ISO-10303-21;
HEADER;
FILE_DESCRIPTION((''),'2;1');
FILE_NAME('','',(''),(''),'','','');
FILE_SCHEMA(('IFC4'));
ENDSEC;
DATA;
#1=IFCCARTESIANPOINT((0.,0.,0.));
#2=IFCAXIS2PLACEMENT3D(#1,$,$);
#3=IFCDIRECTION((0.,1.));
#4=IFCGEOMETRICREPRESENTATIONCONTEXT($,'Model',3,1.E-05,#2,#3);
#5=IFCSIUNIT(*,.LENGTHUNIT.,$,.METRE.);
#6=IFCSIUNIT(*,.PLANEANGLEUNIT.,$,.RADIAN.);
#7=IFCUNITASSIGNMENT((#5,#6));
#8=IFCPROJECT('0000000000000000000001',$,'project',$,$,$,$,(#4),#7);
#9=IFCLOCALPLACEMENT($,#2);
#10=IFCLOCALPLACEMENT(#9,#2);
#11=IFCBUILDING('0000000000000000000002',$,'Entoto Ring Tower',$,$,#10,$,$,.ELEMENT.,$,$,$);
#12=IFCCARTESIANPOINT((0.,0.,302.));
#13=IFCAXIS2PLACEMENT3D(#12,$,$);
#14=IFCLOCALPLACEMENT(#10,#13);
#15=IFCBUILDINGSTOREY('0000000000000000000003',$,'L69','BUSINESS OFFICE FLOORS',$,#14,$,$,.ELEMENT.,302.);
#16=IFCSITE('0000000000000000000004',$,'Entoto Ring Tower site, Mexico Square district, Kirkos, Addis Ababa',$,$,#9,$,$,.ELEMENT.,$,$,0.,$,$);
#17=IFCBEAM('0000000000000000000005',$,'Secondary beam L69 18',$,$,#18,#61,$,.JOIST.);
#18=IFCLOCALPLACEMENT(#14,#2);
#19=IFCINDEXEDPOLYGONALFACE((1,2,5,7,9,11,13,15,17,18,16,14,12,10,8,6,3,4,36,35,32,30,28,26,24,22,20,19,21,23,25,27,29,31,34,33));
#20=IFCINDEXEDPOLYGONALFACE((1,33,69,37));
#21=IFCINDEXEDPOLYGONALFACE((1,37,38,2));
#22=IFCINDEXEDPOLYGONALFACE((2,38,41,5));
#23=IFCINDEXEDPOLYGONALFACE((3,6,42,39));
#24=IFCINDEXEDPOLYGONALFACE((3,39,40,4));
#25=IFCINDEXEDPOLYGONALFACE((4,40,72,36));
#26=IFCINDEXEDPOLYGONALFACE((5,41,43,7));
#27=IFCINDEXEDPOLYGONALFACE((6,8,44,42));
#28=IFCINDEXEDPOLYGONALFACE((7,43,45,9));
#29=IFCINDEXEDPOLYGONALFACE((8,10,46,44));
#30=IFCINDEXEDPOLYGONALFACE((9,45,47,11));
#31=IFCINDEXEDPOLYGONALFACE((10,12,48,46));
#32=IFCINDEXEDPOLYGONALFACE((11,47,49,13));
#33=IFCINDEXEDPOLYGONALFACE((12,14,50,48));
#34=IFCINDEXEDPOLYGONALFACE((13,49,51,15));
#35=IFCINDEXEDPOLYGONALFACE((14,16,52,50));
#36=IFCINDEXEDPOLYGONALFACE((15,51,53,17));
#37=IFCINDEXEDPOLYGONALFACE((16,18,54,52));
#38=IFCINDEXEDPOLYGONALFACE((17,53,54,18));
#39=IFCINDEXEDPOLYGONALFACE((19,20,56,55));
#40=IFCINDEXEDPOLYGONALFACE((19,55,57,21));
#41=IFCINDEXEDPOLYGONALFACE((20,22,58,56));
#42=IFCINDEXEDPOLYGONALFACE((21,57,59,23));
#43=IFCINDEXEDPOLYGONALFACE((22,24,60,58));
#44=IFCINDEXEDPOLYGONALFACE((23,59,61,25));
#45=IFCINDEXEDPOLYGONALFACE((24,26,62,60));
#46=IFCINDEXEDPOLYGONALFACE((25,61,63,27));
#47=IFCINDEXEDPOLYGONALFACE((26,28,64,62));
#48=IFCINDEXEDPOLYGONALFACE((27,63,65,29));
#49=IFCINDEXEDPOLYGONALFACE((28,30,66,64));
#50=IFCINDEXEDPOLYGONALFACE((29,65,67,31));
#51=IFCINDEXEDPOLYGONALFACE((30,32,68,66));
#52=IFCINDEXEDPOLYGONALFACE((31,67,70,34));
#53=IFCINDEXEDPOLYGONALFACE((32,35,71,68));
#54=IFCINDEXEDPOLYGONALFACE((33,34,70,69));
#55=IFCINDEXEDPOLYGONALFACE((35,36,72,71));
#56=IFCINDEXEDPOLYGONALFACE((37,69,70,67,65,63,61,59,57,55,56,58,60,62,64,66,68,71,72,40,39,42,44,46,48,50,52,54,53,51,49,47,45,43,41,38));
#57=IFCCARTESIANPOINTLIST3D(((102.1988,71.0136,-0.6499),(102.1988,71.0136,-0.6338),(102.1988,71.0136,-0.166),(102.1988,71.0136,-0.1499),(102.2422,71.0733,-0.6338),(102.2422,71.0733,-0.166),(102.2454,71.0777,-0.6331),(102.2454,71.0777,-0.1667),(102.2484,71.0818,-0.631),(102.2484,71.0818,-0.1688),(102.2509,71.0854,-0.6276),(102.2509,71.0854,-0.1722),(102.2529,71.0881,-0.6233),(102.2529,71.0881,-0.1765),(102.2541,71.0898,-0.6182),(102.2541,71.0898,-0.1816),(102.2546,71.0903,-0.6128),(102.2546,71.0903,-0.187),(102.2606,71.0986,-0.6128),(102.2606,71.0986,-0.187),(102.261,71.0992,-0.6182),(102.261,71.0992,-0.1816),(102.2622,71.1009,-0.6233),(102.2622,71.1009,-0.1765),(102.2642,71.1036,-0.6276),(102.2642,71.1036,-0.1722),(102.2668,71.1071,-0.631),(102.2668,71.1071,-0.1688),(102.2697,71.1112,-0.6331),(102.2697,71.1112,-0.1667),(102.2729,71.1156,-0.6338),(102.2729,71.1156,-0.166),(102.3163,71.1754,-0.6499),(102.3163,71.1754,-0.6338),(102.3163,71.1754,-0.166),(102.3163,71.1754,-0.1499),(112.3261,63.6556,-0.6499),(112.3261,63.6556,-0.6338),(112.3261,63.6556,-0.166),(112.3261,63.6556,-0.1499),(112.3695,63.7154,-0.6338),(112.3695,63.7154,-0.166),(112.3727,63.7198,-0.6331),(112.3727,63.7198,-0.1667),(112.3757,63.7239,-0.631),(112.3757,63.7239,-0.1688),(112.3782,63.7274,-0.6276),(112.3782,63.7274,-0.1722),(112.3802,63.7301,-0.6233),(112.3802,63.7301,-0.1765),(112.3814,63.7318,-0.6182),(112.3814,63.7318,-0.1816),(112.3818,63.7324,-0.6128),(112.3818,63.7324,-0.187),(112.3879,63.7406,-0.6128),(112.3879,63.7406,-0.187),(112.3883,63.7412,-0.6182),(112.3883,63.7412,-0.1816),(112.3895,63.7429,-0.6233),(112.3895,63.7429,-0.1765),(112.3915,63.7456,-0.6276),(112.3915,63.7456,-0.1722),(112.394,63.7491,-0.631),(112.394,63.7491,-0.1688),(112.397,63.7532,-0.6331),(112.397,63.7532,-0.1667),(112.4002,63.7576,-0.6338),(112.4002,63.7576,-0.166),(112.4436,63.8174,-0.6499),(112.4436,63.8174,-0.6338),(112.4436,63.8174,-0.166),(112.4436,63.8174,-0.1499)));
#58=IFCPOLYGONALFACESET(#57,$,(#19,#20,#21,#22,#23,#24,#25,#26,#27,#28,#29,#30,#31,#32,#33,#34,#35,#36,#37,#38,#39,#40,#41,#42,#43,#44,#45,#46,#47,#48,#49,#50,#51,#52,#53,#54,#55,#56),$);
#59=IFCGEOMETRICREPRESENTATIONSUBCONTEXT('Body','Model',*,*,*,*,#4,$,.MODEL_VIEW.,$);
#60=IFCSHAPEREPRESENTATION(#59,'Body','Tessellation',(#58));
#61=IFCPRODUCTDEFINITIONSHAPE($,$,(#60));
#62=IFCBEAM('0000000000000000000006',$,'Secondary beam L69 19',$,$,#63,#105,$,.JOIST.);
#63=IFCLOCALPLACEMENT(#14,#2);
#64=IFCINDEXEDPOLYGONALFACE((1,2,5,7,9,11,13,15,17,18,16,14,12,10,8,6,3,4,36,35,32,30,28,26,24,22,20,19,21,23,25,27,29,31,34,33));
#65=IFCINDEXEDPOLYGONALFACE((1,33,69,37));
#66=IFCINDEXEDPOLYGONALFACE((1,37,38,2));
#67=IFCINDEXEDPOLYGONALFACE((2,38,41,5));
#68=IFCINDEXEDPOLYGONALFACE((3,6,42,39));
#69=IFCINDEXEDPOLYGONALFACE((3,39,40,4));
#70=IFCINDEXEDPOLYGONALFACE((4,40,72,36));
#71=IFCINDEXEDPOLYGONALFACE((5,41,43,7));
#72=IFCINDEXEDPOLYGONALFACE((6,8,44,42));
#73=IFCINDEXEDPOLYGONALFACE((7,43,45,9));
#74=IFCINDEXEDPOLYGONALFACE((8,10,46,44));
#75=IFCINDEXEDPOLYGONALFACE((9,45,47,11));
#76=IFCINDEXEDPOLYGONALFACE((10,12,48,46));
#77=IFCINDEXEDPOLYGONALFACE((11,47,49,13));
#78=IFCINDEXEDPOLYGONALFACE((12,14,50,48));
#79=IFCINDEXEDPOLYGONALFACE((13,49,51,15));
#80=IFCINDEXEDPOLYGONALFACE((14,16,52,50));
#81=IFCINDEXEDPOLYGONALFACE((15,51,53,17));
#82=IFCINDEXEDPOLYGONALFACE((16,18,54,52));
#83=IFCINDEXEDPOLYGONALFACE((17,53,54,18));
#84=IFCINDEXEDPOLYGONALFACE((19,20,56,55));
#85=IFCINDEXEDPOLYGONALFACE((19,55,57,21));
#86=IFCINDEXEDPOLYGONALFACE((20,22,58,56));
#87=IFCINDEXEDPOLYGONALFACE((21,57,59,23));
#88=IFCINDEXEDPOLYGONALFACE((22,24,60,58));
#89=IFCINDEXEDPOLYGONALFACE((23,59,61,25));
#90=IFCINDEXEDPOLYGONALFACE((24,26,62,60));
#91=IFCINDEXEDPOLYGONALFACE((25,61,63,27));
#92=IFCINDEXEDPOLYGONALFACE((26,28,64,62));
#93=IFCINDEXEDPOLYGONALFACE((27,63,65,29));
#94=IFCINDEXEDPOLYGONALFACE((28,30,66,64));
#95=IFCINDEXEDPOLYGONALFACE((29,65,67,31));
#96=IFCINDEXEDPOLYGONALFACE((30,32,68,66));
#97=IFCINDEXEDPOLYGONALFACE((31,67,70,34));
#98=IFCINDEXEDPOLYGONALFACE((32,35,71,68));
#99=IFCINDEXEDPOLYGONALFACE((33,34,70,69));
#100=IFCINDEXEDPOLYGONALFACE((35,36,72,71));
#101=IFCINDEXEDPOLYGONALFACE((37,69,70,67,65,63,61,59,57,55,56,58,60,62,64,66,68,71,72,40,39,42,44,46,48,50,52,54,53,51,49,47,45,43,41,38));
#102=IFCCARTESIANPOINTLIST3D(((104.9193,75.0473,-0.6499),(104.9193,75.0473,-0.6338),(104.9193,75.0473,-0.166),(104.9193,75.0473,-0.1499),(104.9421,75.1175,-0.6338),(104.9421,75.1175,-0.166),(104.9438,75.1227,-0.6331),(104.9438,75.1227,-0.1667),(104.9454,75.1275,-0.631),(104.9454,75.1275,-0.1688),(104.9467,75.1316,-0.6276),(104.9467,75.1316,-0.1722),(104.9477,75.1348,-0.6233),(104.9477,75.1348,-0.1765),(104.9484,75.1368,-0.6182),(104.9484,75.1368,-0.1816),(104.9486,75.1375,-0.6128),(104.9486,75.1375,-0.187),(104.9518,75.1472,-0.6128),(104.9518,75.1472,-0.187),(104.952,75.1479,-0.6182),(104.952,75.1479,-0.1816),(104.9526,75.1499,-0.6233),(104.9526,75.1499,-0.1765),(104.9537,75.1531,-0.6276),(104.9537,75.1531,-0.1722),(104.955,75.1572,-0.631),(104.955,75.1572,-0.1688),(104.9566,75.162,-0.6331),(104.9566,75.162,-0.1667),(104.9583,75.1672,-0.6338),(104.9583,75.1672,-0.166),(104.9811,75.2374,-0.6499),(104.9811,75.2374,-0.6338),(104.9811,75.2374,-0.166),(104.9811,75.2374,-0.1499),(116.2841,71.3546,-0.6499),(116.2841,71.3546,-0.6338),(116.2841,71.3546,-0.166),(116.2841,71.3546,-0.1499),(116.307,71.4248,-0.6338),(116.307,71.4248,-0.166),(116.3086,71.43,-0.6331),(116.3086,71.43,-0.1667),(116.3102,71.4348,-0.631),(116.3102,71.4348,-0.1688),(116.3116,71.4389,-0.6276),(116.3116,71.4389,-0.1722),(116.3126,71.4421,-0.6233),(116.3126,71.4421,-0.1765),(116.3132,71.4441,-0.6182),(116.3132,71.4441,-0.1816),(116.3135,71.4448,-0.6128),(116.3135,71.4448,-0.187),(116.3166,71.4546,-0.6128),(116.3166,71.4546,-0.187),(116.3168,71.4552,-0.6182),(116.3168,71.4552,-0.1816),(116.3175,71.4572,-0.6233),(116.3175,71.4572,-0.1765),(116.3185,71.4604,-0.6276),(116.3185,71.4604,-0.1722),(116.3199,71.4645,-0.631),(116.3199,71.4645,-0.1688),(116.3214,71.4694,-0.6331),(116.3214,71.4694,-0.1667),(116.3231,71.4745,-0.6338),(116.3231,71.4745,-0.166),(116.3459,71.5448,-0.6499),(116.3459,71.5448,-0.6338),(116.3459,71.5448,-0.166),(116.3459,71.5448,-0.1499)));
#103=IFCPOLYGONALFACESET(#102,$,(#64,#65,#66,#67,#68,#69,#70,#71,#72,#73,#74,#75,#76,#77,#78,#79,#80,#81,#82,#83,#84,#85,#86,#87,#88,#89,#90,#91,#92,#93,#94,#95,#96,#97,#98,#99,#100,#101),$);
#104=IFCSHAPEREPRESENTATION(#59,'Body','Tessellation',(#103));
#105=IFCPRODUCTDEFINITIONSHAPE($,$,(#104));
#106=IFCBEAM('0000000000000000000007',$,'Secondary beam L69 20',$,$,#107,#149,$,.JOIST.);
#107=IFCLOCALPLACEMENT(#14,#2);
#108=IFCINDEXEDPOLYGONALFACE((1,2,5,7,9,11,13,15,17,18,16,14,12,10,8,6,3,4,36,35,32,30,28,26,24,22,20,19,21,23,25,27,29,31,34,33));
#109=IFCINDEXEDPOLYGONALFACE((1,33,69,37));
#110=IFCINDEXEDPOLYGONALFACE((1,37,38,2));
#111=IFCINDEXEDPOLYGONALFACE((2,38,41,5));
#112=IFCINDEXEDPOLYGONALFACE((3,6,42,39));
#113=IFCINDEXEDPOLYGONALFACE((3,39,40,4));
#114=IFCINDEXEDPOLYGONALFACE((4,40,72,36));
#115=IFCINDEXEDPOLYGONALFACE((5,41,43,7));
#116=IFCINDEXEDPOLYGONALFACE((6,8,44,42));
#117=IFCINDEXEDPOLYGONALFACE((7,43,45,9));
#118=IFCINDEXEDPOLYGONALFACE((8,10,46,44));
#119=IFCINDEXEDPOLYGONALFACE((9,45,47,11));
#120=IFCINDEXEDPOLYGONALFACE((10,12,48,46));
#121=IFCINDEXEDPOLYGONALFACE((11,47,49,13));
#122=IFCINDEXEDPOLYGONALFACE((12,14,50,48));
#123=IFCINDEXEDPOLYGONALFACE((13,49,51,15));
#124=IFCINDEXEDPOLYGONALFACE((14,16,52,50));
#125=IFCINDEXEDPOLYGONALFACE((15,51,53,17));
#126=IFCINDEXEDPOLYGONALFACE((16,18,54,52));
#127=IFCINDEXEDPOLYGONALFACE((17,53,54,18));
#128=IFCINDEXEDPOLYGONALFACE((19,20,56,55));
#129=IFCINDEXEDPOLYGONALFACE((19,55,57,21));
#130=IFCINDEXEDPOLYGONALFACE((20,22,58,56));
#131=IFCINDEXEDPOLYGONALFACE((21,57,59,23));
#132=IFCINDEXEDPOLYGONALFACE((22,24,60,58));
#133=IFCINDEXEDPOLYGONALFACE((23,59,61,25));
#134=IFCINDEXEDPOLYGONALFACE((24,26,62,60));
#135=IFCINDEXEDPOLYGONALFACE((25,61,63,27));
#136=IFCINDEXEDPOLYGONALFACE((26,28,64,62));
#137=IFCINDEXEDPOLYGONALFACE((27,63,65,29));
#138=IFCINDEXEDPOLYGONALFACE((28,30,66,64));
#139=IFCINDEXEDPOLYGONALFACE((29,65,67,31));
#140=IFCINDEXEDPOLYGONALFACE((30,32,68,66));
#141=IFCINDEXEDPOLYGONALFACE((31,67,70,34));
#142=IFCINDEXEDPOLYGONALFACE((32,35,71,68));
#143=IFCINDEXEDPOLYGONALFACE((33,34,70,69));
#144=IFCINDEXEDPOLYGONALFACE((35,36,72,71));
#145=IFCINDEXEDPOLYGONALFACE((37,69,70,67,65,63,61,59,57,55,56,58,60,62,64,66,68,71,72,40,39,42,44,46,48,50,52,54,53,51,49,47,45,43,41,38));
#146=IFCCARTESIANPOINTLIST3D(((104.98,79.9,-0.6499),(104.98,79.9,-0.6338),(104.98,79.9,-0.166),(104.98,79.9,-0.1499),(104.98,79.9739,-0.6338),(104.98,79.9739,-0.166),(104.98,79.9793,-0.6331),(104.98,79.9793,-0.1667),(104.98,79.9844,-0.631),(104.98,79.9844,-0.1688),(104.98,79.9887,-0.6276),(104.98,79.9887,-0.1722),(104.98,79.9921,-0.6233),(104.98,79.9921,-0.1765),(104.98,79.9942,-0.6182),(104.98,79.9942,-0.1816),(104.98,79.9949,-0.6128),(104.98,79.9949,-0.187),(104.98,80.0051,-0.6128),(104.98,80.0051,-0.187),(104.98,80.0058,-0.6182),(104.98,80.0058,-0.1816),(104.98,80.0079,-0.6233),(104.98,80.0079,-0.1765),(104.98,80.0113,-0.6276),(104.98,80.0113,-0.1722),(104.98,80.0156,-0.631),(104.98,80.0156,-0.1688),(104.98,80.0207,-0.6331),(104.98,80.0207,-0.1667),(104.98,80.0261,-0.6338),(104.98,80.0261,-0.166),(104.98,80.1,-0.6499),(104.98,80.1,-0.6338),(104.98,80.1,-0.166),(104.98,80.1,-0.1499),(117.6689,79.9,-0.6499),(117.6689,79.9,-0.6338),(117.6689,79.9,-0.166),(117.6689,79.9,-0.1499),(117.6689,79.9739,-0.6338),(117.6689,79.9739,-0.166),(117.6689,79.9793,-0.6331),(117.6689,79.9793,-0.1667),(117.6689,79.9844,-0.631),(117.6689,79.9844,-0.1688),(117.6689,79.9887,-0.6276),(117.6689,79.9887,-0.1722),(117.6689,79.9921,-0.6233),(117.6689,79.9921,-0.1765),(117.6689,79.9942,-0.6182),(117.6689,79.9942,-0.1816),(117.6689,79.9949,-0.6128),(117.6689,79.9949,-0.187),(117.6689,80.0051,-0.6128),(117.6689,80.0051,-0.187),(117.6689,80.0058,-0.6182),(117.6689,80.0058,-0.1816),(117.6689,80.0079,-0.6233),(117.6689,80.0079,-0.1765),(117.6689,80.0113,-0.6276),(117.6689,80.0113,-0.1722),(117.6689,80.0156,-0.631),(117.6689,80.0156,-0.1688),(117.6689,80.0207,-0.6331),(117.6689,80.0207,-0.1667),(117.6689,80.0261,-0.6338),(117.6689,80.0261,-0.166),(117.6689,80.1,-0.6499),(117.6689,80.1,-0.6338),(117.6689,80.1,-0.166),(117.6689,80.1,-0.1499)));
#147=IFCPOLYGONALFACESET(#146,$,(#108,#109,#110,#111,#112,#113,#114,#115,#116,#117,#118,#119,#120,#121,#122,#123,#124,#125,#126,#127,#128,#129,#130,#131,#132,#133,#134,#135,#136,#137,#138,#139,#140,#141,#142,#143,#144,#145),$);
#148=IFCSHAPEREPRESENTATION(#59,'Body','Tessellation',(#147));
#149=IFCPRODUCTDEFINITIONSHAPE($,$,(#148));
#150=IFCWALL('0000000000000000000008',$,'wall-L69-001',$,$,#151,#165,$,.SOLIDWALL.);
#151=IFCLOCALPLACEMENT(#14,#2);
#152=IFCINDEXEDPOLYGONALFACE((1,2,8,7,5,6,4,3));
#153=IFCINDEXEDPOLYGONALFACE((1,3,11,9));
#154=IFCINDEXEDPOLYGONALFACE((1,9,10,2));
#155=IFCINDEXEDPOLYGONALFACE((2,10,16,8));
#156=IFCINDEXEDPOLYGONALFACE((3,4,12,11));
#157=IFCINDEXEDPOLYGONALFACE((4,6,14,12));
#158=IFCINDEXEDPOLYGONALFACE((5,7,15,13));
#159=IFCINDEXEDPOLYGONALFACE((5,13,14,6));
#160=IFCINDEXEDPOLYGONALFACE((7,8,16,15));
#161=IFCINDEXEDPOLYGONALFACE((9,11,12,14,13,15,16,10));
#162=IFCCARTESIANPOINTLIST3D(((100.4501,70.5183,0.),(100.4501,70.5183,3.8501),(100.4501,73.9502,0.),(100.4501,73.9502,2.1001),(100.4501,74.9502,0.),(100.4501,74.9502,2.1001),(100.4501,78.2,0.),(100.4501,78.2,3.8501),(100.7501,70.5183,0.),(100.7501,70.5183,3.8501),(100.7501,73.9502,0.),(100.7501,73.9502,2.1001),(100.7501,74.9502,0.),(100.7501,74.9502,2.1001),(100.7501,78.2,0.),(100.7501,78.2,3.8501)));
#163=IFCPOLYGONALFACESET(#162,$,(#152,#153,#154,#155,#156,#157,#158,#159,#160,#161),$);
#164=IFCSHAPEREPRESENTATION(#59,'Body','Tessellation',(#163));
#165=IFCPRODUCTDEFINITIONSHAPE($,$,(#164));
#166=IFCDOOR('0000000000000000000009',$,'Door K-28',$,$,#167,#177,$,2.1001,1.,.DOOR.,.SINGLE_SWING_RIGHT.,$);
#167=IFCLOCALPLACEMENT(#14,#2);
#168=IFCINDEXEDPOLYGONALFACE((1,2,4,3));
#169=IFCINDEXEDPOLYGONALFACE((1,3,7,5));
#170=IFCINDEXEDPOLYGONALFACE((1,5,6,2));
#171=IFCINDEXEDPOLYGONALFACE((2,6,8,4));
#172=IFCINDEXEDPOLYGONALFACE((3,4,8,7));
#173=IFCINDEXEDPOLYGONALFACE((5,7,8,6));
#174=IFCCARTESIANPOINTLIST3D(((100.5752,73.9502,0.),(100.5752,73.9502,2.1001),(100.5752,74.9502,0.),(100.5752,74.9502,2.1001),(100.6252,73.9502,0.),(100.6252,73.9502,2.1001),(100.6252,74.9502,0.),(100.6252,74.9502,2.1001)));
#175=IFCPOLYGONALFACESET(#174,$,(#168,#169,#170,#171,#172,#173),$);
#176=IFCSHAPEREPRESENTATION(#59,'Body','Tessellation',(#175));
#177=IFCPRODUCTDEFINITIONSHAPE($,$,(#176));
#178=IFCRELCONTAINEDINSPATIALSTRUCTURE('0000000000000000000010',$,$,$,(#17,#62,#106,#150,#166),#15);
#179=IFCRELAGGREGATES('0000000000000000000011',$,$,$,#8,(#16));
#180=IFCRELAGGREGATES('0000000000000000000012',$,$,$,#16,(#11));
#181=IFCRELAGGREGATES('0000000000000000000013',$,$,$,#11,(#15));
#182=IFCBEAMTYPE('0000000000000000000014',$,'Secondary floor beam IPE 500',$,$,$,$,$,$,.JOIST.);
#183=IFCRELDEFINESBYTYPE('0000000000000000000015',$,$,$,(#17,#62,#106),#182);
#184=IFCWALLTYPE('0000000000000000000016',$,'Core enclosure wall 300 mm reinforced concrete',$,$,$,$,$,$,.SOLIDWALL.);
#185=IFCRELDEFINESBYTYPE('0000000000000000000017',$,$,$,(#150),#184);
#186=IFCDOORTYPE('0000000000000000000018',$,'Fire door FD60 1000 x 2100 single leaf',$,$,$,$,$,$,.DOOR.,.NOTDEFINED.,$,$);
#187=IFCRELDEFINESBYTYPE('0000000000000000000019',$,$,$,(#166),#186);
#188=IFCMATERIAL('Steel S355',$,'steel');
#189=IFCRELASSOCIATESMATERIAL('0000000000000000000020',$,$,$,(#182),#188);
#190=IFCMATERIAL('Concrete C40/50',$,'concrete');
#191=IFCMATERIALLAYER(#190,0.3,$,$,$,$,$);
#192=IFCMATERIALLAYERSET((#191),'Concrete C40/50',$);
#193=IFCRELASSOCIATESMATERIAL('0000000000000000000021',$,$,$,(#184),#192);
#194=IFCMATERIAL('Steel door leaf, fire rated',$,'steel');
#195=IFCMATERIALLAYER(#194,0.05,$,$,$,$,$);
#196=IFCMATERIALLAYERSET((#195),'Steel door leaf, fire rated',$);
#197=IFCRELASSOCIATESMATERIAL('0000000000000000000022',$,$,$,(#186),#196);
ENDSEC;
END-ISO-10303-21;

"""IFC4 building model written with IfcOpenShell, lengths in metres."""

from ifc_helpers import new_model, si_unit, direction, frame, frame_2d, origin, origin_2d, place, context, subcontext, project, spatial, rectangle, i_section, extrude, material, layer, layer_set, material_profile, profile_set, type_object, element, fill, save


model = new_model("IFC4")

# Units and contexts
model_context = context("Model", 3, precision=1e-05, world=origin(), true_north=direction((0.0, 1.0)))
body_context = subcontext(model_context, "Body", "Model", "MODEL_VIEW")
ifc_project = project(units=[si_unit("LENGTHUNIT", "METRE"), si_unit("PLANEANGLEUNIT", "RADIAN")], contexts=[model_context])

# Site, building, storey
site_placement = place(None, origin())
site = spatial("IfcSite", under=ifc_project, at=site_placement, Name="Entoto Ring Tower site, Mexico Square district, Kirkos, Addis Ababa", CompositionType="ELEMENT", RefElevation=0.0)
building_placement = place(site_placement, origin())
building = spatial("IfcBuilding", under=site, at=building_placement, Name="Entoto Ring Tower", CompositionType="ELEMENT")
storey_placement = place(building_placement, frame((0.0, 0.0, 302.0)))
storey = spatial("IfcBuildingStorey", under=building, at=storey_placement, Name="L69", Description="BUSINESS OFFICE FLOORS", CompositionType="ELEMENT", Elevation=302.0)

# Beams
ifc_material_1 = material(Name="Steel S355", Category="steel")
ifc_material_profile_1 = material_profile(ifc_material_1, i_section(OverallWidth=0.2, OverallDepth=0.5, WebThickness=0.0103, FlangeThickness=0.0161, FilletRadius=0.021, at=origin_2d()), Name="IPE 500")
ifc_profile_set_1 = profile_set([ifc_material_profile_1], Name="Steel S355")
beam_type_1 = type_object("IfcBeamType", Name="Secondary floor beam IPE 500", PredefinedType="JOIST", material=ifc_profile_set_1)
for number, where, z_axis, x_axis, name in (
    (1, (102.2576, 71.0945, -0.3999), (0.809014, -0.587789, 0.0), (0.587789, 0.809014, 0.0), "Secondary beam L69 18"),
):
    element("IfcBeam", number, at=place(storey_placement, frame(where, z_axis=z_axis, x_axis=x_axis)), inside=storey, type_object=beam_type_1, Name=name, PredefinedType="JOIST", context=body_context, shape_type="SweptSolid", body=[
        extrude(i_section(OverallWidth=0.2, OverallDepth=0.5, WebThickness=0.0103, FlangeThickness=0.0161, FilletRadius=0.021, at=origin_2d()), origin(), (0.0, 0.0, 1.0), 12.5181),
    ])
beam_1_placement = place(storey_placement, frame((104.9502, 75.1423, -0.3999), z_axis=(0.951057, -0.309017, 0.0), x_axis=(0.309017, 0.951057, 0.0)))
element("IfcBeam", 2, at=beam_1_placement, inside=storey, type_object=beam_type_1, Name="Secondary beam L69 19", PredefinedType="JOIST", context=body_context, shape_type="SweptSolid", body=[
    extrude(i_section(OverallWidth=0.2, OverallDepth=0.5, WebThickness=0.0103, FlangeThickness=0.0161, FilletRadius=0.021, at=origin_2d()), origin(), (0.0, 0.0, 1.0), 11.9497),
])
beam_2_placement = place(storey_placement, frame((104.98, 80.0, -0.3999), z_axis=(1.0, 0.0, 0.0), x_axis=(0.0, 1.0, 0.0)))
element("IfcBeam", 3, at=beam_2_placement, inside=storey, type_object=beam_type_1, Name="Secondary beam L69 20", PredefinedType="JOIST", context=body_context, shape_type="SweptSolid", body=[
    extrude(i_section(OverallWidth=0.2, OverallDepth=0.5, WebThickness=0.0103, FlangeThickness=0.0161, FilletRadius=0.021, at=origin_2d()), origin(), (0.0, 0.0, 1.0), 12.689),
])

# Wall, opening, door
ifc_material_2 = material(Name="Concrete C40/50", Category="concrete")
ifc_layer_1 = layer(ifc_material_2, 0.3)
ifc_layer_set_1 = layer_set([ifc_layer_1], Name="Concrete C40/50")
wall_type_1 = type_object("IfcWallType", Name="Core enclosure wall 300 mm reinforced concrete", PredefinedType="SOLIDWALL", material=ifc_layer_set_1)
wall_1_placement = place(storey_placement, frame((100.6001, 70.5183, 0.0), z_axis=(0.0, 0.0, 1.0), x_axis=(0.0, 1.0, 0.0)))
wall_1 = element("IfcWall", 4, at=wall_1_placement, inside=storey, type_object=wall_type_1, Name="wall-L69-001", PredefinedType="SOLIDWALL", context=body_context, shape_type="SweptSolid", body=[
    extrude(rectangle(XDim=7.6816, YDim=0.3, at=frame_2d((3.8408, 0.0))), origin(), (0.0, 0.0, 1.0), 3.8501),
])
opening_1_placement = place(wall_1_placement, frame((3.4319, 0.0, 0.0)))
opening_1 = element("IfcOpeningElement", 5, at=opening_1_placement, cuts=wall_1, PredefinedType="OPENING", context=body_context, shape_type="SweptSolid", body=[
    extrude(rectangle(XDim=1.0, YDim=2.1001, at=frame_2d((0.5, 1.05))), frame((0.0, 0.1602, 0.0), z_axis=(0.0, -1.0, 0.0), x_axis=(1.0, 0.0, 0.0)), (0.0, 0.0, 1.0), 0.3201),
])
ifc_material_3 = material(Name="Steel door leaf, fire rated", Category="steel")
ifc_layer_2 = layer(ifc_material_3, 0.05)
ifc_layer_set_2 = layer_set([ifc_layer_2], Name="Steel door leaf, fire rated")
door_type_1 = type_object("IfcDoorType", Name="Fire door FD60 1000 x 2100 single leaf", OperationType="NOTDEFINED", PredefinedType="DOOR", material=ifc_layer_set_2)
door_1_placement = place(opening_1_placement, origin())
door_1 = element("IfcDoor", 6, at=door_1_placement, inside=storey, type_object=door_type_1, Name="Door K-28", OperationType="SINGLE_SWING_RIGHT", OverallHeight=2.1001, OverallWidth=1.0, PredefinedType="DOOR", context=body_context, shape_type="SweptSolid", body=[
    extrude(rectangle(XDim=1.0, YDim=2.1001, at=frame_2d((0.5, 1.05))), frame((0.0, 0.0249, 0.0), z_axis=(0.0, -1.0, 0.0), x_axis=(1.0, 0.0, 0.0)), (0.0, 0.0, 1.0), 0.05),
])
fill(opening_1, door_1)

save(model, "model.ifc")
